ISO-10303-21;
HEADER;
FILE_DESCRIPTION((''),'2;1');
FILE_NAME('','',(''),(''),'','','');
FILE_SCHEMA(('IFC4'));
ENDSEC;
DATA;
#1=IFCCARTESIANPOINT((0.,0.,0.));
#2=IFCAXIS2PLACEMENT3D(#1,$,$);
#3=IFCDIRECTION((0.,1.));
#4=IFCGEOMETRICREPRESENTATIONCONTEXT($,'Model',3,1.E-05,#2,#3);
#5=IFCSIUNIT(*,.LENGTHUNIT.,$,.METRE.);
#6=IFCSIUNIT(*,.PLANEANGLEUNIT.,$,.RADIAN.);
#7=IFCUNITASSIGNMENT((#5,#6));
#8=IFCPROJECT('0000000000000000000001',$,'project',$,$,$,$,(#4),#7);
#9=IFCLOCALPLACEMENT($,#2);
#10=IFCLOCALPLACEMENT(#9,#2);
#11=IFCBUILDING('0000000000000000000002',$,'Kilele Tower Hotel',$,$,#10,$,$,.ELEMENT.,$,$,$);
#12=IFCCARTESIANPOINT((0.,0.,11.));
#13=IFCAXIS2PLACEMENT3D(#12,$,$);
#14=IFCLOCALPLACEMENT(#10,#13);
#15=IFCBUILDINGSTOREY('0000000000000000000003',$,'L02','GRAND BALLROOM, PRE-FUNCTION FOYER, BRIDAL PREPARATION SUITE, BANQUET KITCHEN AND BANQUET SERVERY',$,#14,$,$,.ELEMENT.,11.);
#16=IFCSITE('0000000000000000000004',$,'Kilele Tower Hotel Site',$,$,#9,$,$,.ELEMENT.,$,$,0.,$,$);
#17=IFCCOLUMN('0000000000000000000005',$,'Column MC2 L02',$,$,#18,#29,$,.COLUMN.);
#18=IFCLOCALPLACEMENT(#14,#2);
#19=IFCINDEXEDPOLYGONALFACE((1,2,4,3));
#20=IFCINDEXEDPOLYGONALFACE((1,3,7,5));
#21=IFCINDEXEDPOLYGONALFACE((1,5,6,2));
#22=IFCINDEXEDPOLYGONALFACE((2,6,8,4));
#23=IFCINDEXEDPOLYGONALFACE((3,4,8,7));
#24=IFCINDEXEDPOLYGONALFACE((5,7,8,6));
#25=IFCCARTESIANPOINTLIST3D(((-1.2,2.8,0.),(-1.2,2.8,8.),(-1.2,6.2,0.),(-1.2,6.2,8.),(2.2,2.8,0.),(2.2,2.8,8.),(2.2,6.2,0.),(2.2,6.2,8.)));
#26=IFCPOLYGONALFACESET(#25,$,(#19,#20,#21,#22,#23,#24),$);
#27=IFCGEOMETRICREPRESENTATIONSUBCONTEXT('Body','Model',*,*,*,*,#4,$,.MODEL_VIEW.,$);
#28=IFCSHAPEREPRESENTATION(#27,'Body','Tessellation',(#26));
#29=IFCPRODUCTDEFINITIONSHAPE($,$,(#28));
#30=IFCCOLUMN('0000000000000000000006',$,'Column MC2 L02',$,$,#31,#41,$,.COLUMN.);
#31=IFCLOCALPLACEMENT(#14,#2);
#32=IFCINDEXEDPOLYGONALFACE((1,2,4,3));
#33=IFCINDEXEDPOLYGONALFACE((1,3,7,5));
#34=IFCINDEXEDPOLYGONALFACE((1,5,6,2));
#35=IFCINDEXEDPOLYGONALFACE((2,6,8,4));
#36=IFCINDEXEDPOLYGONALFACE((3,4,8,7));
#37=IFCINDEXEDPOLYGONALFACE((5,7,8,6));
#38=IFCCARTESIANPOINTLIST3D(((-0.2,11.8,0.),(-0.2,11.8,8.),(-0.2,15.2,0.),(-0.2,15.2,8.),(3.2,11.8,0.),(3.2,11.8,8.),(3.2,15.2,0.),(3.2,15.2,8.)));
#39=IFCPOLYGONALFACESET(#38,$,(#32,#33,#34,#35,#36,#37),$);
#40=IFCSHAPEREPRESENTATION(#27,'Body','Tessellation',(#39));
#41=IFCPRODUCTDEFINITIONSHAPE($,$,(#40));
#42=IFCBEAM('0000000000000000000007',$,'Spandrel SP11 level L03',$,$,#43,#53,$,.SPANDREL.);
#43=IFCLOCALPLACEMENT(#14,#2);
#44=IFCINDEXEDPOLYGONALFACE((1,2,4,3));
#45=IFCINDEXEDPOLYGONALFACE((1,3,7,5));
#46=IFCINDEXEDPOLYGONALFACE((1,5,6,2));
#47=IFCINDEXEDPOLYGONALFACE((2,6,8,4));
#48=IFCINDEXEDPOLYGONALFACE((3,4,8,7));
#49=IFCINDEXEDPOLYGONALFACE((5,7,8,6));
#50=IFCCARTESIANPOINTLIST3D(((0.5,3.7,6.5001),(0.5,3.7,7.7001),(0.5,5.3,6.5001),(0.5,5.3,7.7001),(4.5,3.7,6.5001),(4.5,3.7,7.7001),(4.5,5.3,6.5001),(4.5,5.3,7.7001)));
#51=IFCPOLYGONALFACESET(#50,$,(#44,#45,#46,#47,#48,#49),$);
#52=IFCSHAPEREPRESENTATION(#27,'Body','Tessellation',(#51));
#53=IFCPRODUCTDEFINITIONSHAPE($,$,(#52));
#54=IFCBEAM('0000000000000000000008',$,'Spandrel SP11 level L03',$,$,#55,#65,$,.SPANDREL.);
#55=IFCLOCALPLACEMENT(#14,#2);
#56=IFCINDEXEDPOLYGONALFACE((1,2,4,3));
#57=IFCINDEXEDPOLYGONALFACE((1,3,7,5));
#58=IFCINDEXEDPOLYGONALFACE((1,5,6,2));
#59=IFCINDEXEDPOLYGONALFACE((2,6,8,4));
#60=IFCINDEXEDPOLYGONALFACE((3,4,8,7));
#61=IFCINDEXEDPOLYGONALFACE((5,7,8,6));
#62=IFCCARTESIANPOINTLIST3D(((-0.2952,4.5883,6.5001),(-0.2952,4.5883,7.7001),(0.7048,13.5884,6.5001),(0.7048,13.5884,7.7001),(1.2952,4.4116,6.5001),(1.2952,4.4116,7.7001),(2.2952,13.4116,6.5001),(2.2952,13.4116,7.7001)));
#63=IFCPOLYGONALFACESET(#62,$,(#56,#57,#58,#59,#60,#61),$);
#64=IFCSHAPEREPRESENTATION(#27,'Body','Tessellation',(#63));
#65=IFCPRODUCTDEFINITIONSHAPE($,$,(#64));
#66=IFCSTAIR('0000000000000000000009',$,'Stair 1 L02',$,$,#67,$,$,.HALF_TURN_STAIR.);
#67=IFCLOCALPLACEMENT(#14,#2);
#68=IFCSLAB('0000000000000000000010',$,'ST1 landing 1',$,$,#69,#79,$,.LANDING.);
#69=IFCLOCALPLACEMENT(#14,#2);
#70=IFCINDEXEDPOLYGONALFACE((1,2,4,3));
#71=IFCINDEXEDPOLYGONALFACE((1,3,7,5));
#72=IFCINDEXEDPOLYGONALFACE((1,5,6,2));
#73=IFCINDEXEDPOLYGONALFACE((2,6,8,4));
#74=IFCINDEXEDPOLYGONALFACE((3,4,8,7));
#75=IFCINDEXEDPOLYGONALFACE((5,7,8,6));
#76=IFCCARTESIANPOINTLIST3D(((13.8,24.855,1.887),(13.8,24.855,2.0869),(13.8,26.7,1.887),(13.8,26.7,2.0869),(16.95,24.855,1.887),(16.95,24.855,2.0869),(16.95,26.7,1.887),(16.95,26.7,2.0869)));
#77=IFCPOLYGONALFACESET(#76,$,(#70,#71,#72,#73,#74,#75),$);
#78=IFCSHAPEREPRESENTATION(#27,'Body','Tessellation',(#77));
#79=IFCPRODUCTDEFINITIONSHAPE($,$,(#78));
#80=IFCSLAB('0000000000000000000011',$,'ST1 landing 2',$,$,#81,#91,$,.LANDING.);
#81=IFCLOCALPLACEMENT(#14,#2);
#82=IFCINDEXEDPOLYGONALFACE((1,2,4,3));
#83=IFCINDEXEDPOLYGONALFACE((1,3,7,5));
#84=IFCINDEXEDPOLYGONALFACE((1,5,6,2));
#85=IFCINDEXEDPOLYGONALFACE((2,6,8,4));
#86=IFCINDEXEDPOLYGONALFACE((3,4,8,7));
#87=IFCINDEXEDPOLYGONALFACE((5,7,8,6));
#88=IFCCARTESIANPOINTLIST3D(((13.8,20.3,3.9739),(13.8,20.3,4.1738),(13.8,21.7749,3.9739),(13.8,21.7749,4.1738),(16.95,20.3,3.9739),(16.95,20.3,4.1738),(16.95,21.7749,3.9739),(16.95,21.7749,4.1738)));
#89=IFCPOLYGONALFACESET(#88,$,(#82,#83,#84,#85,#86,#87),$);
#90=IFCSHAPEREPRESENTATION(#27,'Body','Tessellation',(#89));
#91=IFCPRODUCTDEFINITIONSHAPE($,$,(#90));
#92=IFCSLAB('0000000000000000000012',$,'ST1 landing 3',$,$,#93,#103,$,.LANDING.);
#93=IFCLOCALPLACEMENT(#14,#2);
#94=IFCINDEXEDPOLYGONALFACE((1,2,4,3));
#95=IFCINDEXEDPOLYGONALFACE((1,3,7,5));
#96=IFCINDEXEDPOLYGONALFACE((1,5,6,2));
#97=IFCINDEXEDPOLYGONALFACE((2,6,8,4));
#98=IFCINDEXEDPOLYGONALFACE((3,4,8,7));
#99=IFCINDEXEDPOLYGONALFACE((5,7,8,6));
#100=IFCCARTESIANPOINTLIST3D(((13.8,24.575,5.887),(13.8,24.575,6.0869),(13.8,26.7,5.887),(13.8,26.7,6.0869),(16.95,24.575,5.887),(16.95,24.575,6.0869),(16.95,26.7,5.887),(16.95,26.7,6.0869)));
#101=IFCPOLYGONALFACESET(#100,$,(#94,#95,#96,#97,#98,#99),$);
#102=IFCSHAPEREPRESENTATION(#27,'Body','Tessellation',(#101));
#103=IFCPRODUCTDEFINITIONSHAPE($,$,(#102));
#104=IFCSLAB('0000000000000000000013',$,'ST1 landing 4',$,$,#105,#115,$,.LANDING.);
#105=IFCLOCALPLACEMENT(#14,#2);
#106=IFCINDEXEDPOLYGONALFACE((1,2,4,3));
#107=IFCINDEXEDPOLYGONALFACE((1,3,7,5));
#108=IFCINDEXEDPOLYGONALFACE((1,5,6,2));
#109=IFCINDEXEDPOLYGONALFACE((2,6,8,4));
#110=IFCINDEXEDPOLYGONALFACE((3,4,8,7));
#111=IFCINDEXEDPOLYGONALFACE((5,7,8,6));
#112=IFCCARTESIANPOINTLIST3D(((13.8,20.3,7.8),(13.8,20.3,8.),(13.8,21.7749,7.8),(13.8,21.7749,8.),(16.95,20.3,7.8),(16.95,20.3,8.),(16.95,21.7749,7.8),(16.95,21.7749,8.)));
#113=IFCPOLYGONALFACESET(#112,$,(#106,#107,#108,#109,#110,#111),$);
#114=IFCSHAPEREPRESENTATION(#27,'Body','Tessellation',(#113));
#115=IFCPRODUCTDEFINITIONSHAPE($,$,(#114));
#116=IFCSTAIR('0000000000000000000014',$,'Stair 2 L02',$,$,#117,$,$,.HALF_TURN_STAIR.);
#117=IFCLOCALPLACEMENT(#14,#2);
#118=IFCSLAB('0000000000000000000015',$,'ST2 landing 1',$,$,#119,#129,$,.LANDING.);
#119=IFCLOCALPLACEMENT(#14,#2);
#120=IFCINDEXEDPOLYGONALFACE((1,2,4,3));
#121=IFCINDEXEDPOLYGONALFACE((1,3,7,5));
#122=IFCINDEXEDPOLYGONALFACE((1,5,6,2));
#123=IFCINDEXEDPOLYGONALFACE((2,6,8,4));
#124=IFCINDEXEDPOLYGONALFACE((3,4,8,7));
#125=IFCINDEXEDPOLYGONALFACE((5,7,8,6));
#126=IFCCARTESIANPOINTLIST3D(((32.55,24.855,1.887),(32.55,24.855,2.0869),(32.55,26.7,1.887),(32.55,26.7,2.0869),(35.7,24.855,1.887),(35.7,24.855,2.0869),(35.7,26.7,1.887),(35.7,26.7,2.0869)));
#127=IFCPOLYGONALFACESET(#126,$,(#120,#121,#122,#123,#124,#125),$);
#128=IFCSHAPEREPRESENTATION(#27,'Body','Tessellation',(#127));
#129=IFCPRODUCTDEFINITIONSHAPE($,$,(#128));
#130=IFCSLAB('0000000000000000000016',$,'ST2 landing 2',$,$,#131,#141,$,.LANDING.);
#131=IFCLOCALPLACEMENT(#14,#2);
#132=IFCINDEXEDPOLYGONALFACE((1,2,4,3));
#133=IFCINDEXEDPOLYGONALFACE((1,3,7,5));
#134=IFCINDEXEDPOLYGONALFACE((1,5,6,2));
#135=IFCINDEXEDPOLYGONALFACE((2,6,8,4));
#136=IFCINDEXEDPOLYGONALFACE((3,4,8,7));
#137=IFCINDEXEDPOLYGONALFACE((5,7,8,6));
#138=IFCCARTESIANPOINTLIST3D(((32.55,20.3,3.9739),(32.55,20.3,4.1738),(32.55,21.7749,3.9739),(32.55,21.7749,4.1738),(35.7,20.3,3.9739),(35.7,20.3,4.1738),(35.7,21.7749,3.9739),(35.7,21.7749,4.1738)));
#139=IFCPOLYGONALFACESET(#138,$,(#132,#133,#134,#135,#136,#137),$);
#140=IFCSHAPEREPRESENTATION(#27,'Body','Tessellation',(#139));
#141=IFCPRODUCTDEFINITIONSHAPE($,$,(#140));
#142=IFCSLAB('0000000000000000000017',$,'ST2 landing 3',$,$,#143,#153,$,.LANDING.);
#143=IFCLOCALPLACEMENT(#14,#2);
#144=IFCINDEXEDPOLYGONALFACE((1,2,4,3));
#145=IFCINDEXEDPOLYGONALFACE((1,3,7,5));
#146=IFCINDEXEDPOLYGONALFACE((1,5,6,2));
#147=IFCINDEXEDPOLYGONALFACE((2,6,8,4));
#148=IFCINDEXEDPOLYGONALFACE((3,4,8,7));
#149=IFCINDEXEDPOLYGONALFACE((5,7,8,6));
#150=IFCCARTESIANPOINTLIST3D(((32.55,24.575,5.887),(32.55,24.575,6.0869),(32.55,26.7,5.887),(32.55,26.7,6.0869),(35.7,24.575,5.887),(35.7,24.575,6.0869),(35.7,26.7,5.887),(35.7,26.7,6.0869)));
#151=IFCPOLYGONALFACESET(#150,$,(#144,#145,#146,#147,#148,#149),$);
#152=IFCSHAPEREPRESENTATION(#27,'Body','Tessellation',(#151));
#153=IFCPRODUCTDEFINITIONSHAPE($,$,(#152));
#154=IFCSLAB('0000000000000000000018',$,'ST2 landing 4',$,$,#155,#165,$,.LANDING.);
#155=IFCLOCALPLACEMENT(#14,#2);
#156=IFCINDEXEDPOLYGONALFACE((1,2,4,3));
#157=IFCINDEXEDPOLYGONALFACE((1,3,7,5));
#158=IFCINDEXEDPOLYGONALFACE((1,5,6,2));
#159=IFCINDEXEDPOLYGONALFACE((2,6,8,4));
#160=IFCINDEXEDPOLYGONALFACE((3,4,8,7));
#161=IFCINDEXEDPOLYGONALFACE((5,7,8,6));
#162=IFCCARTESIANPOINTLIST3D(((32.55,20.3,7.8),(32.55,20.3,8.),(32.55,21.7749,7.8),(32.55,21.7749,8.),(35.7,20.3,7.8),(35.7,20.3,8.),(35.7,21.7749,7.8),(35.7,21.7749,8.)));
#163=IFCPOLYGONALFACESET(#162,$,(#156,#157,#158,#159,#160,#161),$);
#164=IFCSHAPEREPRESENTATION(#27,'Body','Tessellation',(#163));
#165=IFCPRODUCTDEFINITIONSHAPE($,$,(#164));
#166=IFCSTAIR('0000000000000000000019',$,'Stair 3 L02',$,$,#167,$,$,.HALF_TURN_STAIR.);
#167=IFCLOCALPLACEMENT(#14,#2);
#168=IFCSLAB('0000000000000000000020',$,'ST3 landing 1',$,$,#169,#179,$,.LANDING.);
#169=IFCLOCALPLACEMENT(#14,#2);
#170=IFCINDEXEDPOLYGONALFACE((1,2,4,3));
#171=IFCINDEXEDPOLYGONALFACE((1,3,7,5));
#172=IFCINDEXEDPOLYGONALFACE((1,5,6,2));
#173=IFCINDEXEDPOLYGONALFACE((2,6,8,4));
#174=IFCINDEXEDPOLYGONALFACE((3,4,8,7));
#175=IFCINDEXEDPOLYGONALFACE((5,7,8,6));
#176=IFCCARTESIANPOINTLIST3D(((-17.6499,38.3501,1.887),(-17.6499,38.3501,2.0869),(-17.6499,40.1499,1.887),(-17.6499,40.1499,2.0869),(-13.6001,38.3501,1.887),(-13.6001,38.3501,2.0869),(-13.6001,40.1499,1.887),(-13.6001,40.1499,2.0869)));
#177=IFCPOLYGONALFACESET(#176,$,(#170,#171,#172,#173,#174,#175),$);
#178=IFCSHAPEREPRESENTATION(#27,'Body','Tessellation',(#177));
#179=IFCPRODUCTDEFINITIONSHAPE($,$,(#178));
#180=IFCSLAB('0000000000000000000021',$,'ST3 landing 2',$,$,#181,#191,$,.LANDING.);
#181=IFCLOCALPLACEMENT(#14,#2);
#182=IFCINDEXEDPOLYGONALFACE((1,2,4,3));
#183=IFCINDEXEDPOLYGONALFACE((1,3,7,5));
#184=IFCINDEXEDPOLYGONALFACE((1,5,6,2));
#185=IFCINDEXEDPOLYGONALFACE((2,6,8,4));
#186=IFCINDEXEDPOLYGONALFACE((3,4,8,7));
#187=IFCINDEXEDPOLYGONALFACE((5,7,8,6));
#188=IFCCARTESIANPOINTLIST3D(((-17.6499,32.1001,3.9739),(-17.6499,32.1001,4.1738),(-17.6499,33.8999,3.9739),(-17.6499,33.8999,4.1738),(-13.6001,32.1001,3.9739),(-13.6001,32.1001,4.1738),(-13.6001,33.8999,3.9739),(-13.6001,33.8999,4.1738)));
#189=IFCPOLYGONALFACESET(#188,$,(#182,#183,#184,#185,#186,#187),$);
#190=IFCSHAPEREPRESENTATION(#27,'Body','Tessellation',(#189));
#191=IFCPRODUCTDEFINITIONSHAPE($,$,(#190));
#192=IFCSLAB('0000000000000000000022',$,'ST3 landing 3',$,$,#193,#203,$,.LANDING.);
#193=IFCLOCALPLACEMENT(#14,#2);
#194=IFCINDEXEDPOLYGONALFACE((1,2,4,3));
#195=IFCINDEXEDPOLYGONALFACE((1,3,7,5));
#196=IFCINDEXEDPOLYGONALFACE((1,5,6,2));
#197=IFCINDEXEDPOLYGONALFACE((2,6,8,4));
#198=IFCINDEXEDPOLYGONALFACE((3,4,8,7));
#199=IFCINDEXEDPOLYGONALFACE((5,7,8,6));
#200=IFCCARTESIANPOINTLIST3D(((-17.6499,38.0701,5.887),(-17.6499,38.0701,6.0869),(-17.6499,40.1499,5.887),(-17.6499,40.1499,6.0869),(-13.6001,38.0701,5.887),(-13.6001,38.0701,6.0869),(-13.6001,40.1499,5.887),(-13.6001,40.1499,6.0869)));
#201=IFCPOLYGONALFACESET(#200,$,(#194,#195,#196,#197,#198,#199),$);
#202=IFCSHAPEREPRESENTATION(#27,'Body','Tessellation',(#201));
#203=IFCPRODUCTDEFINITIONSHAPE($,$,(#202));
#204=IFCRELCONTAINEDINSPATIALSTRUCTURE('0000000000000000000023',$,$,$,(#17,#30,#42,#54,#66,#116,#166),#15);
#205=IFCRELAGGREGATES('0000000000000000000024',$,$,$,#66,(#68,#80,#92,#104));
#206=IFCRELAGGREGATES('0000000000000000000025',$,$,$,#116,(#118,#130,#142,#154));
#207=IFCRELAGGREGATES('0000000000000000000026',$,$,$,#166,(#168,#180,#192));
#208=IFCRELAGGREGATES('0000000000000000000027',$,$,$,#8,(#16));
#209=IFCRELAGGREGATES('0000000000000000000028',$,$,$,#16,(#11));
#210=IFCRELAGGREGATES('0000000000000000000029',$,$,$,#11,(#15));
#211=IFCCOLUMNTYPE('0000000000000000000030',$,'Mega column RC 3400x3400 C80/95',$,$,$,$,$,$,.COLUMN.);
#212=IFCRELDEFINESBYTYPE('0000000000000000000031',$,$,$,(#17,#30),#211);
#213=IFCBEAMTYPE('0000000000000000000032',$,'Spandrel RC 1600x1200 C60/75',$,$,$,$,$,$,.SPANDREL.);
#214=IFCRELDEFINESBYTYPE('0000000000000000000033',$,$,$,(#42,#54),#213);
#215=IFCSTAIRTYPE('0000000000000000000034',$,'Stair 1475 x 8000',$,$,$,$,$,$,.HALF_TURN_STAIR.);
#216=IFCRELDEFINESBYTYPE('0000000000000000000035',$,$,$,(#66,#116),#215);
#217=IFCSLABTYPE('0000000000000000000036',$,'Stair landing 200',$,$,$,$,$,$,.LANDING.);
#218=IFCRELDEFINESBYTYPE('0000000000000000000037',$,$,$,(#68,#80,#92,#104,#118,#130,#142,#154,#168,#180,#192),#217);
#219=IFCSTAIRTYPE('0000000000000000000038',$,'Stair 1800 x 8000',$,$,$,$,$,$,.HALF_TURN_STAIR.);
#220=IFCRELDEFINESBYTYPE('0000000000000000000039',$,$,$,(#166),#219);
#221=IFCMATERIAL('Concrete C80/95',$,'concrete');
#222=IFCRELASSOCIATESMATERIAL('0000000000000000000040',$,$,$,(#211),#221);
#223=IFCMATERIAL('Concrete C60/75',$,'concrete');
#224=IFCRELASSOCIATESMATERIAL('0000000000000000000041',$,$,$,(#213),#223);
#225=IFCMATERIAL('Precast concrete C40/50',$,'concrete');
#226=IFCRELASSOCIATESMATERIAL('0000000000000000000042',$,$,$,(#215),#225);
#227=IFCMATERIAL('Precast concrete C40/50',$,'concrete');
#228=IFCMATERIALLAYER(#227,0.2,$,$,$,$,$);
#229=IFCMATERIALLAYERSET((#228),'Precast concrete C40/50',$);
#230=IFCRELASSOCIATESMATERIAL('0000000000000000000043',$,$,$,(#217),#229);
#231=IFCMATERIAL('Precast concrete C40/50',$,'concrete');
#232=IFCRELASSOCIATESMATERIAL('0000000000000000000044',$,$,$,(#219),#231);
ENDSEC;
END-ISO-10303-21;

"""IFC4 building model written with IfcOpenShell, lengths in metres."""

from ifc_helpers import new_model, si_unit, direction, frame, origin, origin_2d, place, context, subcontext, project, spatial, polyline, rectangle, outline, extrude, material, layer, layer_set, material_profile, profile_set, type_object, element, aggregate, save


model = new_model("IFC4")

# Units and contexts
model_context = context("Model", 3, precision=1e-05, world=origin(), true_north=direction((0.0, 1.0)))
body_context = subcontext(model_context, "Body", "Model", "MODEL_VIEW")
ifc_project = project(units=[si_unit("LENGTHUNIT", "METRE"), si_unit("PLANEANGLEUNIT", "RADIAN")], contexts=[model_context])

# Site, building, storey
site_placement = place(None, origin())
site = spatial("IfcSite", under=ifc_project, at=site_placement, Name="Kilele Tower Hotel Site", CompositionType="ELEMENT", RefElevation=0.0)
building_placement = place(site_placement, origin())
building = spatial("IfcBuilding", under=site, at=building_placement, Name="Kilele Tower Hotel", CompositionType="ELEMENT")
storey_placement = place(building_placement, frame((0.0, 0.0, 11.0)))
storey = spatial("IfcBuildingStorey", under=building, at=storey_placement, Name="L02", Description="GRAND BALLROOM, PRE-FUNCTION FOYER, BRIDAL PREPARATION SUITE, BANQUET KITCHEN AND BANQUET SERVERY", CompositionType="ELEMENT", Elevation=11.0)

# Columns
ifc_material_1 = material(Name="Concrete C80/95", Category="concrete")
ifc_material_profile_1 = material_profile(ifc_material_1, rectangle(XDim=3.3999, YDim=3.3999, at=origin_2d()))
ifc_profile_set_1 = profile_set([ifc_material_profile_1], Name="Concrete C80/95")
column_type = type_object("IfcColumnType", Name="Mega column RC 3400x3400 C80/95", PredefinedType="COLUMN", material=ifc_profile_set_1)
for number, where, z_axis, x_axis, name in (
    (1, (0.5, 4.5, 0.0), (0.0, 0.0, 1.0), (1.0, 0.0, 0.0), "Column MC2 L02"),
    (2, (1.5, 13.5, 0.0), (0.0, 0.0, 1.0), (1.0, 0.0, 0.0), "Column MC2 L02"),
):
    element("IfcColumn", number, at=place(storey_placement, frame(where, z_axis=z_axis, x_axis=x_axis)), inside=storey, type_object=column_type, Name=name, PredefinedType="COLUMN", context=body_context, shape_type="SweptSolid", body=[
        extrude(rectangle(XDim=3.3999, YDim=3.3999, at=origin_2d()), origin(), (0.0, 0.0, 1.0), 8.0),
    ])

# Beams
ifc_material_2 = material(Name="Concrete C60/75", Category="concrete")
ifc_material_profile_2 = material_profile(ifc_material_2, rectangle(XDim=1.6001, YDim=1.2, at=origin_2d()))
ifc_profile_set_2 = profile_set([ifc_material_profile_2], Name="Concrete C60/75")
beam_type = type_object("IfcBeamType", Name="Spandrel RC 1600x1200 C60/75", PredefinedType="SPANDREL", material=ifc_profile_set_2)
beam_1_placement = place(storey_placement, frame((0.5, 4.5, 7.1001), z_axis=(1.0, 0.0, 0.0), x_axis=(0.0, 1.0, 0.0)))
element("IfcBeam", 3, at=beam_1_placement, inside=storey, type_object=beam_type, Name="Spandrel SP11 level L03", PredefinedType="SPANDREL", context=body_context, shape_type="SweptSolid", body=[
    extrude(rectangle(XDim=1.6001, YDim=1.2, at=origin_2d()), origin(), (0.0, 0.0, 1.0), 4.0),
])
beam_2_placement = place(storey_placement, frame((1.5, 13.5, 7.1001), z_axis=(-0.110432, -0.993884, 0.0), x_axis=(0.993884, -0.110432, 0.0)))
element("IfcBeam", 4, at=beam_2_placement, inside=storey, type_object=beam_type, Name="Spandrel SP11 level L03", PredefinedType="SPANDREL", context=body_context, shape_type="SweptSolid", body=[
    extrude(rectangle(XDim=1.6001, YDim=1.2, at=origin_2d()), origin(), (0.0, 0.0, 1.0), 9.0554),
])

# Stairs, slabs
ifc_material_3 = material(Name="Precast concrete C40/50", Category="concrete")
stair_type_1 = type_object("IfcStairType", Name="Stair 1475 x 8000", PredefinedType="HALF_TURN_STAIR", material=ifc_material_3)
stair_1_placement = place(storey_placement, origin())
stair_1 = element("IfcStair", 5, at=stair_1_placement, inside=storey, type_object=stair_type_1, Name="Stair 1 L02", PredefinedType="HALF_TURN_STAIR")
ifc_material_4 = material(Name="Precast concrete C40/50", Category="concrete")
ifc_layer_1 = layer(ifc_material_4, 0.2)
ifc_layer_set_1 = layer_set([ifc_layer_1], Name="Precast concrete C40/50")
slab_type = type_object("IfcSlabType", Name="Stair landing 200", PredefinedType="LANDING", material=ifc_layer_set_1)
slab_1_placement = place(storey_placement, frame((0.0, 0.0, 1.887)))
slab_1 = element("IfcSlab", 6, at=slab_1_placement, type_object=slab_type, Name="ST1 landing 1", PredefinedType="LANDING", context=body_context, shape_type="SweptSolid", body=[
    extrude(outline(polyline([(13.8, 24.855), (16.95, 24.855), (16.95, 26.7), (13.8, 26.7), (13.8, 24.855)])), origin(), (0.0, 0.0, 1.0), 0.2),
])
slab_2_placement = place(storey_placement, frame((0.0, 0.0, 3.9739)))
slab_2 = element("IfcSlab", 7, at=slab_2_placement, type_object=slab_type, Name="ST1 landing 2", PredefinedType="LANDING", context=body_context, shape_type="SweptSolid", body=[
    extrude(outline(polyline([(13.8, 20.3), (16.95, 20.3), (16.95, 21.7749), (13.8, 21.7749), (13.8, 20.3)])), origin(), (0.0, 0.0, 1.0), 0.2),
])
slab_3_placement = place(storey_placement, frame((0.0, 0.0, 5.887)))
slab_3 = element("IfcSlab", 8, at=slab_3_placement, type_object=slab_type, Name="ST1 landing 3", PredefinedType="LANDING", context=body_context, shape_type="SweptSolid", body=[
    extrude(outline(polyline([(13.8, 24.575), (16.95, 24.575), (16.95, 26.7), (13.8, 26.7), (13.8, 24.575)])), origin(), (0.0, 0.0, 1.0), 0.2),
])
slab_4_placement = place(storey_placement, frame((0.0, 0.0, 7.8)))
slab_4 = element("IfcSlab", 9, at=slab_4_placement, type_object=slab_type, Name="ST1 landing 4", PredefinedType="LANDING", context=body_context, shape_type="SweptSolid", body=[
    extrude(outline(polyline([(13.8, 20.3), (16.95, 20.3), (16.95, 21.7749), (13.8, 21.7749), (13.8, 20.3)])), origin(), (0.0, 0.0, 1.0), 0.2),
])
aggregate(stair_1, [slab_1, slab_2, slab_3, slab_4])
stair_2_placement = place(storey_placement, origin())
stair_2 = element("IfcStair", 10, at=stair_2_placement, inside=storey, type_object=stair_type_1, Name="Stair 2 L02", PredefinedType="HALF_TURN_STAIR")
slab_5_placement = place(storey_placement, frame((0.0, 0.0, 1.887)))
slab_5 = element("IfcSlab", 11, at=slab_5_placement, type_object=slab_type, Name="ST2 landing 1", PredefinedType="LANDING", context=body_context, shape_type="SweptSolid", body=[
    extrude(outline(polyline([(32.55, 24.855), (35.7, 24.855), (35.7, 26.7), (32.55, 26.7), (32.55, 24.855)])), origin(), (0.0, 0.0, 1.0), 0.2),
])
slab_6_placement = place(storey_placement, frame((0.0, 0.0, 3.9739)))
slab_6 = element("IfcSlab", 12, at=slab_6_placement, type_object=slab_type, Name="ST2 landing 2", PredefinedType="LANDING", context=body_context, shape_type="SweptSolid", body=[
    extrude(outline(polyline([(32.55, 20.3), (35.7, 20.3), (35.7, 21.7749), (32.55, 21.7749), (32.55, 20.3)])), origin(), (0.0, 0.0, 1.0), 0.2),
])
slab_7_placement = place(storey_placement, frame((0.0, 0.0, 5.887)))
slab_7 = element("IfcSlab", 13, at=slab_7_placement, type_object=slab_type, Name="ST2 landing 3", PredefinedType="LANDING", context=body_context, shape_type="SweptSolid", body=[
    extrude(outline(polyline([(32.55, 24.575), (35.7, 24.575), (35.7, 26.7), (32.55, 26.7), (32.55, 24.575)])), origin(), (0.0, 0.0, 1.0), 0.2),
])
slab_8_placement = place(storey_placement, frame((0.0, 0.0, 7.8)))
slab_8 = element("IfcSlab", 14, at=slab_8_placement, type_object=slab_type, Name="ST2 landing 4", PredefinedType="LANDING", context=body_context, shape_type="SweptSolid", body=[
    extrude(outline(polyline([(32.55, 20.3), (35.7, 20.3), (35.7, 21.7749), (32.55, 21.7749), (32.55, 20.3)])), origin(), (0.0, 0.0, 1.0), 0.2),
])
aggregate(stair_2, [slab_5, slab_6, slab_7, slab_8])
ifc_material_5 = material(Name="Precast concrete C40/50", Category="concrete")
stair_type_2 = type_object("IfcStairType", Name="Stair 1800 x 8000", PredefinedType="HALF_TURN_STAIR", material=ifc_material_5)
stair_3_placement = place(storey_placement, origin())
stair_3 = element("IfcStair", 15, at=stair_3_placement, inside=storey, type_object=stair_type_2, Name="Stair 3 L02", PredefinedType="HALF_TURN_STAIR")
slab_9_placement = place(storey_placement, frame((0.0, 0.0, 1.887)))
slab_9 = element("IfcSlab", 16, at=slab_9_placement, type_object=slab_type, Name="ST3 landing 1", PredefinedType="LANDING", context=body_context, shape_type="SweptSolid", body=[
    extrude(outline(polyline([(-17.6499, 38.3501), (-13.6001, 38.3501), (-13.6001, 40.1499), (-17.6499, 40.1499), (-17.6499, 38.3501)])), origin(), (0.0, 0.0, 1.0), 0.2),
])
slab_10_placement = place(storey_placement, frame((0.0, 0.0, 3.9739)))
slab_10 = element("IfcSlab", 17, at=slab_10_placement, type_object=slab_type, Name="ST3 landing 2", PredefinedType="LANDING", context=body_context, shape_type="SweptSolid", body=[
    extrude(outline(polyline([(-17.6499, 32.1001), (-13.6001, 32.1001), (-13.6001, 33.8999), (-17.6499, 33.8999), (-17.6499, 32.1001)])), origin(), (0.0, 0.0, 1.0), 0.2),
])
slab_11_placement = place(storey_placement, frame((0.0, 0.0, 5.887)))
slab_11 = element("IfcSlab", 18, at=slab_11_placement, type_object=slab_type, Name="ST3 landing 3", PredefinedType="LANDING", context=body_context, shape_type="SweptSolid", body=[
    extrude(outline(polyline([(-17.6499, 38.0701), (-13.6001, 38.0701), (-13.6001, 40.1499), (-17.6499, 40.1499), (-17.6499, 38.0701)])), origin(), (0.0, 0.0, 1.0), 0.2),
])
aggregate(stair_3, [slab_9, slab_10, slab_11])

save(model, "model.ifc")
